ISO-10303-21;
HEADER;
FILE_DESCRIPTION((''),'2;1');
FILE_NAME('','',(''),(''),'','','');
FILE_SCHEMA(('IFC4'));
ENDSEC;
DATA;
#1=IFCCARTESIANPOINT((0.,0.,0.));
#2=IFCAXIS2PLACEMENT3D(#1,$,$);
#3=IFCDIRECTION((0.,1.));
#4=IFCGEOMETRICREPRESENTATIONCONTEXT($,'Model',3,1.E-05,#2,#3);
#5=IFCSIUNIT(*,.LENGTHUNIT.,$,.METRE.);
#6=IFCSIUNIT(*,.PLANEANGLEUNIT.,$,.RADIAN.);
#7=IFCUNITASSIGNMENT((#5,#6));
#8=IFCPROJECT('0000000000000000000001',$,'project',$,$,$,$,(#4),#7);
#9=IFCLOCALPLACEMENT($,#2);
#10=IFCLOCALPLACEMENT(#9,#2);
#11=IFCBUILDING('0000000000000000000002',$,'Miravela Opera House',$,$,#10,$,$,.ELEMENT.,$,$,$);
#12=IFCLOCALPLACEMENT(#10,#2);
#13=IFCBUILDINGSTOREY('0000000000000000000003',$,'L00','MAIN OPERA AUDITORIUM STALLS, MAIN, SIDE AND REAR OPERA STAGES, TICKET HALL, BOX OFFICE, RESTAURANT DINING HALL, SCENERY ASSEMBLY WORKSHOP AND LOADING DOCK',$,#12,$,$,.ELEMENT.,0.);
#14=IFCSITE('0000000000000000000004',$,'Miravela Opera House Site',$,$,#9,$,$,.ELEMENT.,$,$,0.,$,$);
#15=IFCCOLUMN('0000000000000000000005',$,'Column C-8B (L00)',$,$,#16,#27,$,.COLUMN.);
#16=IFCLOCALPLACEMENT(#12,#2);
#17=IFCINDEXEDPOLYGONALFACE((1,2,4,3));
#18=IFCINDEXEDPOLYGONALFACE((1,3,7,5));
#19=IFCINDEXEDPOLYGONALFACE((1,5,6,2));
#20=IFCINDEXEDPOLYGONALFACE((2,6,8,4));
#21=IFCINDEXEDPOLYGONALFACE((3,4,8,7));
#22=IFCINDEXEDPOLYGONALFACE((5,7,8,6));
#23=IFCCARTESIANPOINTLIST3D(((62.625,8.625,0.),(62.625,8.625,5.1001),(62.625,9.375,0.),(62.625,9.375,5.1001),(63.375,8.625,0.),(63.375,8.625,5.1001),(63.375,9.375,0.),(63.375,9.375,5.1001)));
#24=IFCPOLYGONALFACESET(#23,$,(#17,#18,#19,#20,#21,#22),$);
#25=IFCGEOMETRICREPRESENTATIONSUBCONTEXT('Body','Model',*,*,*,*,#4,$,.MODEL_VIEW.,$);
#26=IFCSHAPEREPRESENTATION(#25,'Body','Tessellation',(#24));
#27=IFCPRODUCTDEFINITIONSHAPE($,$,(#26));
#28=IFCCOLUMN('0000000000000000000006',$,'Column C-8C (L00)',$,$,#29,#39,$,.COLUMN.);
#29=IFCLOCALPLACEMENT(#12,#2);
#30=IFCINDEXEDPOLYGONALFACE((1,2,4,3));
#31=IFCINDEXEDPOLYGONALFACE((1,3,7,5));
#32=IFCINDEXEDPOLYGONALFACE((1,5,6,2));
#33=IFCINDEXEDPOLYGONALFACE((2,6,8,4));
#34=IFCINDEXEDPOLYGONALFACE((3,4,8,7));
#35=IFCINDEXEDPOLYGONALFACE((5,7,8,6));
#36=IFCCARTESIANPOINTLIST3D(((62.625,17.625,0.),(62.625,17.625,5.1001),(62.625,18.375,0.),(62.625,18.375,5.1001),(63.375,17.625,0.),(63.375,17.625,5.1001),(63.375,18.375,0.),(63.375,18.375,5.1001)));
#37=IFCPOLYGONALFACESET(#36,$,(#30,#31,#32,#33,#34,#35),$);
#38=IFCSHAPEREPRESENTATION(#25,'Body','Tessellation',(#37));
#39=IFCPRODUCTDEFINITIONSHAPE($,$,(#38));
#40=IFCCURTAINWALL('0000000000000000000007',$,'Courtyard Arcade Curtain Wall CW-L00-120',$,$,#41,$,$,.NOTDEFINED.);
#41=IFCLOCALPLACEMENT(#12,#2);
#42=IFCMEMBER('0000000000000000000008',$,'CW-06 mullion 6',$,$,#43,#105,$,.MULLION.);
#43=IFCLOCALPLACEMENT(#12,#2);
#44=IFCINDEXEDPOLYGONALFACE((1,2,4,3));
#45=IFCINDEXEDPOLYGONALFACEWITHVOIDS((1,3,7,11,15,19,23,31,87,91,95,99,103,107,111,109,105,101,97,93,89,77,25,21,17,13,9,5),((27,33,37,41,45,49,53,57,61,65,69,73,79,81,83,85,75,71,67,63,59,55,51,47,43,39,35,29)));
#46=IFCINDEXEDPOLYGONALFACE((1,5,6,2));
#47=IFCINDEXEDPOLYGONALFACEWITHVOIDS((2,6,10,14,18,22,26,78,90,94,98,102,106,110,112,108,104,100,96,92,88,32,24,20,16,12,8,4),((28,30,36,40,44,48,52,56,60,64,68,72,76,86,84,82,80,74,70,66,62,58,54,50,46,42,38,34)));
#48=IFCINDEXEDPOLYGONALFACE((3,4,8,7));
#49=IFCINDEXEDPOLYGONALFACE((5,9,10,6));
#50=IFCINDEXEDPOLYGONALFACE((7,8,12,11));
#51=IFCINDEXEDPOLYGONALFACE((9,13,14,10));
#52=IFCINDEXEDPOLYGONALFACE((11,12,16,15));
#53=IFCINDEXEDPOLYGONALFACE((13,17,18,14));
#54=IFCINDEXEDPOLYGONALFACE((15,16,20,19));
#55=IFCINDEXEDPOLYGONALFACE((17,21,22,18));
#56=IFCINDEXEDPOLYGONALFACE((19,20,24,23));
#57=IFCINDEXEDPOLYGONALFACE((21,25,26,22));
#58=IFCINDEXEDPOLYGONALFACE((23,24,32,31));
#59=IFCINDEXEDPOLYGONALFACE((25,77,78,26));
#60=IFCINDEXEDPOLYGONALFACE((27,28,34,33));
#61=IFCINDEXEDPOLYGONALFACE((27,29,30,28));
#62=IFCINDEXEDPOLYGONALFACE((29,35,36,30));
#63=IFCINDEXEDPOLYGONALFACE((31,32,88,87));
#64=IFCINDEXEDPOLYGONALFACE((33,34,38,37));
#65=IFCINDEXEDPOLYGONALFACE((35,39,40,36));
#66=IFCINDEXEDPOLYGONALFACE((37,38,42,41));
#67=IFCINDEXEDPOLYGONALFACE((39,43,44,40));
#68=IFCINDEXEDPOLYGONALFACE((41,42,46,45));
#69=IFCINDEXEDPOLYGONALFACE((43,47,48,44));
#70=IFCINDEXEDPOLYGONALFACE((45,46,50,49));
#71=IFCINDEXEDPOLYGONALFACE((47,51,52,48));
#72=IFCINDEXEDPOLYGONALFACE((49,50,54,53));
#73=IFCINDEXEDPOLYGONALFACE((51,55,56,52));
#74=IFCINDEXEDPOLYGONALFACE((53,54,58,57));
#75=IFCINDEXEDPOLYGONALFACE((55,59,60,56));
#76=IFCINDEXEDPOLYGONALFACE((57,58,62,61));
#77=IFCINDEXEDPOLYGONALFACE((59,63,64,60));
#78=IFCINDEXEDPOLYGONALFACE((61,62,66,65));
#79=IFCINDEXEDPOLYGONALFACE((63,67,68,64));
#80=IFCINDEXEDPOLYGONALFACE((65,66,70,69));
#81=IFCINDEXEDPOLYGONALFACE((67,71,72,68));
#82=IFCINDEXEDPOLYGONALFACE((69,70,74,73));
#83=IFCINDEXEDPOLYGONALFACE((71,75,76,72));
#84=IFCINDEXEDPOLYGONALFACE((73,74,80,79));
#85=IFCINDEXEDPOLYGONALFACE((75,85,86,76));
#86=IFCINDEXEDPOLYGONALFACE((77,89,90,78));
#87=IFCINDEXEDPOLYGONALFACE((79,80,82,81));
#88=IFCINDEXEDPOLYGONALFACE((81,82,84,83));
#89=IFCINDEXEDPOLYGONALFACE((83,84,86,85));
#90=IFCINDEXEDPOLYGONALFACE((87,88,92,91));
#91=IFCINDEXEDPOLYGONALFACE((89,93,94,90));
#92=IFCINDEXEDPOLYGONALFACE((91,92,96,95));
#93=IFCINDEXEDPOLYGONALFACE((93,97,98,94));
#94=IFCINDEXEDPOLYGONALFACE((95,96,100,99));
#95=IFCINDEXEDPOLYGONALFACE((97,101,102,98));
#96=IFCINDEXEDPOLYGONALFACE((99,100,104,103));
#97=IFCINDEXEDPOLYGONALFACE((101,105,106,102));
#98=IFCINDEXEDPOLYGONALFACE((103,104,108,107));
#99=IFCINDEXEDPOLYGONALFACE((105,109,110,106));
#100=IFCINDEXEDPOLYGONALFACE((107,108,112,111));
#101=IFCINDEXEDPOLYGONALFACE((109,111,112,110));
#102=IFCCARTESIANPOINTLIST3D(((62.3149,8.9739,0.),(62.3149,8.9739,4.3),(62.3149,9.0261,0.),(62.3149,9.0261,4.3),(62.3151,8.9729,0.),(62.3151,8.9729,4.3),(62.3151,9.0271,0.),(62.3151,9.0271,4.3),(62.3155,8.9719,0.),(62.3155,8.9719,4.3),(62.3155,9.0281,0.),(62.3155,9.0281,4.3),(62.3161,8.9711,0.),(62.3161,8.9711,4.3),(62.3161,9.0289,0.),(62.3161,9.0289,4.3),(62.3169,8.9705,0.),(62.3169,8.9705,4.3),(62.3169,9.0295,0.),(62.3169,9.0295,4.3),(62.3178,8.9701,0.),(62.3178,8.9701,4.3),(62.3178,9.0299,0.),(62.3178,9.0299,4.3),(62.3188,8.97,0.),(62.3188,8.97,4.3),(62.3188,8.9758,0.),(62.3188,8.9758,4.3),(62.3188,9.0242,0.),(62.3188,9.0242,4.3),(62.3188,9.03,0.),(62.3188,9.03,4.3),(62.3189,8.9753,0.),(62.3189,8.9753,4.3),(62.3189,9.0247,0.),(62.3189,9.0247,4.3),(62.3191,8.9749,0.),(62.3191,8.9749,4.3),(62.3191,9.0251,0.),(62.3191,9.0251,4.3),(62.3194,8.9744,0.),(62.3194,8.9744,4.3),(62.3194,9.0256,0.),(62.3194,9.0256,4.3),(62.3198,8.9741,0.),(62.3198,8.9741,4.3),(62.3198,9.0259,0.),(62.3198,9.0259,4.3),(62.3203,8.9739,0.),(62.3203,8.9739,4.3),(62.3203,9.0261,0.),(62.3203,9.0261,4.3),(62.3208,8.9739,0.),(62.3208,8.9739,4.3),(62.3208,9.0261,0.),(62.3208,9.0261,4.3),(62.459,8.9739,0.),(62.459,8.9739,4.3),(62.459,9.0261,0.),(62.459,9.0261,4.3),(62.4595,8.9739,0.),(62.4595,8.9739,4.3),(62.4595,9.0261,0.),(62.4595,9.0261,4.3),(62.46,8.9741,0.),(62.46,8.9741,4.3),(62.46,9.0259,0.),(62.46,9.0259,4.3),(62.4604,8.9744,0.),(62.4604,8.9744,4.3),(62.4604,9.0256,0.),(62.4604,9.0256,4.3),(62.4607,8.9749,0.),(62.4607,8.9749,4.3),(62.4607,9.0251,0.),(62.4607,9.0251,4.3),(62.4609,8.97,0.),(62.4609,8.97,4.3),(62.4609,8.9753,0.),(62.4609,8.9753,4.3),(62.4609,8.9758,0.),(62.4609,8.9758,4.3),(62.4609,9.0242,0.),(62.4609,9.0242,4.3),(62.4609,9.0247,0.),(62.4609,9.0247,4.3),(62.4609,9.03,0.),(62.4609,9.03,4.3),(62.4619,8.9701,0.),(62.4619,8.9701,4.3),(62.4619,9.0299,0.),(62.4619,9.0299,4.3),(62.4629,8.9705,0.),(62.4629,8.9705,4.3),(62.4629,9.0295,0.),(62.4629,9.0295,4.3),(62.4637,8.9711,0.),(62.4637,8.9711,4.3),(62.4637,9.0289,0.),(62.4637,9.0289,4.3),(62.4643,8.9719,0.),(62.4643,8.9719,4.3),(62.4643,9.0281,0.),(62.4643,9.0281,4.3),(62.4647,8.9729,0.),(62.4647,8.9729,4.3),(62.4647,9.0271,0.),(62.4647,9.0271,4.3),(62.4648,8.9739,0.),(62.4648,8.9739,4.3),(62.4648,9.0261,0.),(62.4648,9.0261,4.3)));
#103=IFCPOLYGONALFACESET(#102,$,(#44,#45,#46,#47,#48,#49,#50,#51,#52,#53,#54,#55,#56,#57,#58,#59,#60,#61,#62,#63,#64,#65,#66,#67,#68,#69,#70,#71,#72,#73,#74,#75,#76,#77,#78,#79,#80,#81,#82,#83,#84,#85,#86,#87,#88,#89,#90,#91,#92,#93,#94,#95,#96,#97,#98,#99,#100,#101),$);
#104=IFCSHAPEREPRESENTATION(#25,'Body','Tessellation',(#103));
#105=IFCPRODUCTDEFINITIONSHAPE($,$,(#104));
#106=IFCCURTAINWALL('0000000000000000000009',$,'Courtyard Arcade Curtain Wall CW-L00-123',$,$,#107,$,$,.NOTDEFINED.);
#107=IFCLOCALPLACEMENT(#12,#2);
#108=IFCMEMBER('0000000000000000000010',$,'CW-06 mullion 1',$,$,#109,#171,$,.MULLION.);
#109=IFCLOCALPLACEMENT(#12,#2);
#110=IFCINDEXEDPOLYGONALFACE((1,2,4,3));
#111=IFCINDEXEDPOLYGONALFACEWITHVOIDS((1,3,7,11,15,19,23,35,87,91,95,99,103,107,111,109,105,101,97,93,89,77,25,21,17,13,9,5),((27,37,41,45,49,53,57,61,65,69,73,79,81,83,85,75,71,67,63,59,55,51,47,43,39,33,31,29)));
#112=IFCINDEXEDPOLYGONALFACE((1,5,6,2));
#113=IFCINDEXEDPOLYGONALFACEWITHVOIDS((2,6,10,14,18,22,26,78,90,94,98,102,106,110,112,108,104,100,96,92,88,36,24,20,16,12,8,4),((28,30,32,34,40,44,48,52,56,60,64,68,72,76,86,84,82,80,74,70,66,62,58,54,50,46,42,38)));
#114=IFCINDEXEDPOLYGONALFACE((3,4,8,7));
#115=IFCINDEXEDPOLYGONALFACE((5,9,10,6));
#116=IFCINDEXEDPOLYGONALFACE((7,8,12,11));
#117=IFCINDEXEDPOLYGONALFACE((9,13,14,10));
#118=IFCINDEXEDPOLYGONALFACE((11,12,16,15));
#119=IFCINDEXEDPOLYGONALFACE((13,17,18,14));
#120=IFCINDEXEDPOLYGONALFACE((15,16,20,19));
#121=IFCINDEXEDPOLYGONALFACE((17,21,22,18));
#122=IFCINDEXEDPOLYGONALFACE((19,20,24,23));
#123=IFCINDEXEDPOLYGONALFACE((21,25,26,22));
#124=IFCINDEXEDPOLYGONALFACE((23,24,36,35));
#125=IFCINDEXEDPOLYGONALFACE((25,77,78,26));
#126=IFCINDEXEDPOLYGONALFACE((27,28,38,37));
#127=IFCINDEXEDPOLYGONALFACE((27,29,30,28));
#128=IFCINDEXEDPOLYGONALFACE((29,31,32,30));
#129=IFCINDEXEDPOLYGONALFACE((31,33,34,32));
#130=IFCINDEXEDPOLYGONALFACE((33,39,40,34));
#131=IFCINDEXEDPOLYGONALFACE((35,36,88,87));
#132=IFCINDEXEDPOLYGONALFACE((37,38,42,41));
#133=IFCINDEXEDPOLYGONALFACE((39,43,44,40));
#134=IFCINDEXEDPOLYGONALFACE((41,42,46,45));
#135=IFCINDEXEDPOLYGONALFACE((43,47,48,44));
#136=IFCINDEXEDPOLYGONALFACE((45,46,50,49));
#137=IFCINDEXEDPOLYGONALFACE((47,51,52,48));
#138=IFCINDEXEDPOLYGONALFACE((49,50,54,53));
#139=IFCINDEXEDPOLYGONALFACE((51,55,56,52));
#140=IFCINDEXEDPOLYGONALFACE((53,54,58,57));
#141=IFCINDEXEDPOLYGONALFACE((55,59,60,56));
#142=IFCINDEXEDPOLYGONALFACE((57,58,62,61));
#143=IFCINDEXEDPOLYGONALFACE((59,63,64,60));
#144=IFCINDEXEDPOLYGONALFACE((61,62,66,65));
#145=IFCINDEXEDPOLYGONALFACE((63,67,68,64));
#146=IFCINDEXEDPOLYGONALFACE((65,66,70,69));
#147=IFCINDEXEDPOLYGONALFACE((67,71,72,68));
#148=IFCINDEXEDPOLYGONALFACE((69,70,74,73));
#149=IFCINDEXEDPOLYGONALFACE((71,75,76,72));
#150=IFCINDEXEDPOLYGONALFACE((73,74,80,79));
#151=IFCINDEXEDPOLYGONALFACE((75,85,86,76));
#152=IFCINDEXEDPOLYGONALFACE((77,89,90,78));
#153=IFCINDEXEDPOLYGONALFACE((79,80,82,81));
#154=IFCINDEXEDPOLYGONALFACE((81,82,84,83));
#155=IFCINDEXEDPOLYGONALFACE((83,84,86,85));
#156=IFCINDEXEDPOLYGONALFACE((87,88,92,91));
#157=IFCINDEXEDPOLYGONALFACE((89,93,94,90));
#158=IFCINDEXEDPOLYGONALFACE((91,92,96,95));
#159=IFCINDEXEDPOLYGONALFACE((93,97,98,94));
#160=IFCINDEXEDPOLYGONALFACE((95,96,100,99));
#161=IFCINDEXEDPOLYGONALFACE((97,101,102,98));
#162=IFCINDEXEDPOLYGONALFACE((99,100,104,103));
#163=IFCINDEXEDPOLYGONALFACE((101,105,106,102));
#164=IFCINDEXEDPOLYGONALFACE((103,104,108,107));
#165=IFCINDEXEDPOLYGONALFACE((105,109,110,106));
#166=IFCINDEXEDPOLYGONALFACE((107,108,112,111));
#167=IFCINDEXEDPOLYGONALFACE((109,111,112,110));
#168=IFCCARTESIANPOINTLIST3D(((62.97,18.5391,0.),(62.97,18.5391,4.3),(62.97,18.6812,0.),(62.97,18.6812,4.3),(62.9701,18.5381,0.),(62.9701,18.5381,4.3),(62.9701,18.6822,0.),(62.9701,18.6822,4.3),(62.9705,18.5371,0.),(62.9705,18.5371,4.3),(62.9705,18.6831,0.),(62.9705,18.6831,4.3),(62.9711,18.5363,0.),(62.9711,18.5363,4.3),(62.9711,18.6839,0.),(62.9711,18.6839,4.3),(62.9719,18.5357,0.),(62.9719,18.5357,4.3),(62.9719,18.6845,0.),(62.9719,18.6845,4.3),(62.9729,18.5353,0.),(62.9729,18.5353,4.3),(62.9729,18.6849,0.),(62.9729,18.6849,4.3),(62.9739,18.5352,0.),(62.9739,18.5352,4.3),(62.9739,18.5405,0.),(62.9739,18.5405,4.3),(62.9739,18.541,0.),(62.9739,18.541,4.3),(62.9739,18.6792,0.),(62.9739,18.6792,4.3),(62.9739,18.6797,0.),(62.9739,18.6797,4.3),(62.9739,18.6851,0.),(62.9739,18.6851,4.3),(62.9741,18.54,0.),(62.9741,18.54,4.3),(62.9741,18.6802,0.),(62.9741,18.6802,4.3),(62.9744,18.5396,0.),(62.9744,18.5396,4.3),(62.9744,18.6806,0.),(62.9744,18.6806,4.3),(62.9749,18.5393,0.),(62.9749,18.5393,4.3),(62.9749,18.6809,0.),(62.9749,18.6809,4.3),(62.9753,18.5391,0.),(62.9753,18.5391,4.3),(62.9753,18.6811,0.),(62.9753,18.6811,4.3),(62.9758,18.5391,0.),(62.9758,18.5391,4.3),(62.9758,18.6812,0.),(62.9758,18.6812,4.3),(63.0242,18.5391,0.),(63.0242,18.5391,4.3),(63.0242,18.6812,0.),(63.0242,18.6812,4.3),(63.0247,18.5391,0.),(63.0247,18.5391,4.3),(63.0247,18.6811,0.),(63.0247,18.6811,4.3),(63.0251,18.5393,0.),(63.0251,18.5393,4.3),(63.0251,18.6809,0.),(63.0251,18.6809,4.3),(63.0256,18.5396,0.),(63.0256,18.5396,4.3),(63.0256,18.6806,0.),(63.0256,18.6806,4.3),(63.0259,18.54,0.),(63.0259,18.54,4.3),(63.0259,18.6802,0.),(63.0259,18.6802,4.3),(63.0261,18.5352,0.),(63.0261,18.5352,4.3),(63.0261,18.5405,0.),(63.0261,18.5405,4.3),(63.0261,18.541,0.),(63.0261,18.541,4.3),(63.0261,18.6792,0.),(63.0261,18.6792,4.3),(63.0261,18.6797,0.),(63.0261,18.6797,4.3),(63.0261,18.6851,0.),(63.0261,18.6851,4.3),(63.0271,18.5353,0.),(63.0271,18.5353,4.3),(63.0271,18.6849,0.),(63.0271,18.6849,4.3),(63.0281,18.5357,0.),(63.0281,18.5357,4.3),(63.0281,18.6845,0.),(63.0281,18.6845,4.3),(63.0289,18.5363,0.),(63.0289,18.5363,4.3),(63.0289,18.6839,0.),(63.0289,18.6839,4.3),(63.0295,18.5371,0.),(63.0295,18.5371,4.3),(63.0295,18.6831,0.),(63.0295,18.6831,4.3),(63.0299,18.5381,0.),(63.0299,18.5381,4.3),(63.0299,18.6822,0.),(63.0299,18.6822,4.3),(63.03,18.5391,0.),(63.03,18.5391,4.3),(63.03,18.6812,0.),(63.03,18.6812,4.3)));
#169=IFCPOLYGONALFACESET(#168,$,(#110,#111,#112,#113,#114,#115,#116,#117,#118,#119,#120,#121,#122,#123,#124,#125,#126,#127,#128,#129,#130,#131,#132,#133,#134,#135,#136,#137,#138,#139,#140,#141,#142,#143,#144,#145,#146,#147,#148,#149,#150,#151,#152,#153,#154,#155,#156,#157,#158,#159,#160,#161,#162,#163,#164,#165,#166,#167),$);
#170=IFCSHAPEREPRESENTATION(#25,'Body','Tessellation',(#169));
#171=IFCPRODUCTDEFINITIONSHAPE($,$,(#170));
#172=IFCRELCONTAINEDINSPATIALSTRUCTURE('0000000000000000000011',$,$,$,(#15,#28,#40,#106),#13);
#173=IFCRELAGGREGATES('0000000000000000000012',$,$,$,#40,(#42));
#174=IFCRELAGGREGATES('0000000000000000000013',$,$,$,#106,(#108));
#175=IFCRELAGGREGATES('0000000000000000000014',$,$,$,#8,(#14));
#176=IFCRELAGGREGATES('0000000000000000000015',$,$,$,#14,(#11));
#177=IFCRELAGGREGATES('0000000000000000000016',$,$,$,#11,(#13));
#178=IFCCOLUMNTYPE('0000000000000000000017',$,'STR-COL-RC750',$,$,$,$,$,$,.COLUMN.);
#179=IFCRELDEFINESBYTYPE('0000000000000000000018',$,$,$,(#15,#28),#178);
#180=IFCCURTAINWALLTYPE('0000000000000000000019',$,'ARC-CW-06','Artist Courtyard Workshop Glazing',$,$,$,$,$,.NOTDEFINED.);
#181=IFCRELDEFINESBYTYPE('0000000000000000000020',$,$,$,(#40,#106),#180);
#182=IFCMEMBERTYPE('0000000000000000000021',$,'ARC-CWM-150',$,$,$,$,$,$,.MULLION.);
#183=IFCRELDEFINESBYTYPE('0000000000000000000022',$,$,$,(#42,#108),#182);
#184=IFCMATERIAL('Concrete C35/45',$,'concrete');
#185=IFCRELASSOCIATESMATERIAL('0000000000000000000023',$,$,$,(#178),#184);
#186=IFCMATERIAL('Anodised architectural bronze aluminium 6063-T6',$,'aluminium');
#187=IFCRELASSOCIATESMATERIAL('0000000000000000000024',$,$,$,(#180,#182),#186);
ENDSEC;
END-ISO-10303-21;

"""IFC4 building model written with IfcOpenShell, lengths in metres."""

from ifc_helpers import new_model, si_unit, direction, frame, origin, origin_2d, place, context, subcontext, project, spatial, rectangle, hollow_rectangle, extrude, material, material_profile, profile_set, type_object, element, aggregate, save


model = new_model("IFC4")

# Units and contexts
model_context = context("Model", 3, precision=1e-05, world=origin(), true_north=direction((0.0, 1.0)))
body_context = subcontext(model_context, "Body", "Model", "MODEL_VIEW")
ifc_project = project(units=[si_unit("LENGTHUNIT", "METRE"), si_unit("PLANEANGLEUNIT", "RADIAN")], contexts=[model_context])

# Site, building, storey
site_placement = place(None, origin())
site = spatial("IfcSite", under=ifc_project, at=site_placement, Name="Miravela Opera House Site", CompositionType="ELEMENT", RefElevation=0.0)
building_placement = place(site_placement, origin())
building = spatial("IfcBuilding", under=site, at=building_placement, Name="Miravela Opera House", CompositionType="ELEMENT")
storey_placement = place(building_placement, origin())
storey = spatial("IfcBuildingStorey", under=building, at=storey_placement, Name="L00", Description="MAIN OPERA AUDITORIUM STALLS, MAIN, SIDE AND REAR OPERA STAGES, TICKET HALL, BOX OFFICE, RESTAURANT DINING HALL, SCENERY ASSEMBLY WORKSHOP AND LOADING DOCK", CompositionType="ELEMENT", Elevation=0.0)

# Columns
ifc_material_1 = material(Name="Concrete C35/45", Category="concrete")
ifc_material_profile_1 = material_profile(ifc_material_1, rectangle(XDim=0.75, YDim=0.75, at=origin_2d()), Name="RC-COL-750X750")
ifc_profile_set_1 = profile_set([ifc_material_profile_1])
column_type = type_object("IfcColumnType", Name="STR-COL-RC750", PredefinedType="COLUMN", material=ifc_profile_set_1)
for number, where, z_axis, x_axis, name in (
    (1, (63.0, 9.0, 0.0), (0.0, 0.0, 1.0), (1.0, 0.0, 0.0), "Column C-8B (L00)"),
    (2, (63.0, 18.0, 0.0), (0.0, 0.0, 1.0), (1.0, 0.0, 0.0), "Column C-8C (L00)"),
):
    element("IfcColumn", number, at=place(storey_placement, frame(where, z_axis=z_axis, x_axis=x_axis)), inside=storey, type_object=column_type, Name=name, PredefinedType="COLUMN", context=body_context, shape_type="SweptSolid", body=[
        extrude(rectangle(XDim=0.75, YDim=0.75, at=origin_2d()), origin(), (0.0, 0.0, 1.0), 5.1001),
    ])

# Curtain wall, member
ifc_material_2 = material(Name="Anodised architectural bronze aluminium 6063-T6", Category="aluminium")
curtain_wall_type = type_object("IfcCurtainWallType", Name="ARC-CW-06", Description="Artist Courtyard Workshop Glazing", PredefinedType="NOTDEFINED", material=ifc_material_2)
curtain_wall_1_placement = place(storey_placement, origin())
curtain_wall_1 = element("IfcCurtainWall", 3, at=curtain_wall_1_placement, inside=storey, type_object=curtain_wall_type, Name="Courtyard Arcade Curtain Wall CW-L00-120", PredefinedType="NOTDEFINED")
ifc_material_profile_2 = material_profile(ifc_material_2, hollow_rectangle(XDim=0.0601, YDim=0.1499, WallThickness=0.0039, InnerFilletRadius=0.002, OuterFilletRadius=0.0039, at=origin_2d()), Name="CWM-60X150")
ifc_profile_set_2 = profile_set([ifc_material_profile_2])
member_type_1 = type_object("IfcMemberType", Name="ARC-CWM-150", PredefinedType="MULLION", material=ifc_profile_set_2)
member_1_placement = place(storey_placement, frame((62.3899, 9.0, 0.0), z_axis=(0.0, 0.0, 1.0), x_axis=(0.0, 1.0, 0.0)))
member_1 = element("IfcMember", 4, at=member_1_placement, type_object=member_type_1, Name="CW-06 mullion 6", PredefinedType="MULLION", context=body_context, shape_type="SweptSolid", body=[
    extrude(hollow_rectangle(XDim=0.0601, YDim=0.1499, WallThickness=0.0039, InnerFilletRadius=0.002, OuterFilletRadius=0.0039, at=origin_2d()), origin(), (0.0, 0.0, 1.0), 4.3),
])

# Curtain wall, member
curtain_wall_2_placement = place(storey_placement, origin())
curtain_wall_2 = element("IfcCurtainWall", 5, at=curtain_wall_2_placement, inside=storey, type_object=curtain_wall_type, Name="Courtyard Arcade Curtain Wall CW-L00-123", PredefinedType="NOTDEFINED")
member_2_placement = place(storey_placement, frame((63.0, 18.6101, 0.0), z_axis=(0.0, 0.0, 1.0), x_axis=(-1.0, 0.0, 0.0)))
member_2 = element("IfcMember", 6, at=member_2_placement, type_object=member_type_1, Name="CW-06 mullion 1", PredefinedType="MULLION", context=body_context, shape_type="SweptSolid", body=[
    extrude(hollow_rectangle(XDim=0.0601, YDim=0.1499, WallThickness=0.0039, InnerFilletRadius=0.002, OuterFilletRadius=0.0039, at=origin_2d()), origin(), (0.0, 0.0, 1.0), 4.3),
])

aggregate(curtain_wall_1, [member_1])
aggregate(curtain_wall_2, [member_2])

save(model, "model.ifc")
